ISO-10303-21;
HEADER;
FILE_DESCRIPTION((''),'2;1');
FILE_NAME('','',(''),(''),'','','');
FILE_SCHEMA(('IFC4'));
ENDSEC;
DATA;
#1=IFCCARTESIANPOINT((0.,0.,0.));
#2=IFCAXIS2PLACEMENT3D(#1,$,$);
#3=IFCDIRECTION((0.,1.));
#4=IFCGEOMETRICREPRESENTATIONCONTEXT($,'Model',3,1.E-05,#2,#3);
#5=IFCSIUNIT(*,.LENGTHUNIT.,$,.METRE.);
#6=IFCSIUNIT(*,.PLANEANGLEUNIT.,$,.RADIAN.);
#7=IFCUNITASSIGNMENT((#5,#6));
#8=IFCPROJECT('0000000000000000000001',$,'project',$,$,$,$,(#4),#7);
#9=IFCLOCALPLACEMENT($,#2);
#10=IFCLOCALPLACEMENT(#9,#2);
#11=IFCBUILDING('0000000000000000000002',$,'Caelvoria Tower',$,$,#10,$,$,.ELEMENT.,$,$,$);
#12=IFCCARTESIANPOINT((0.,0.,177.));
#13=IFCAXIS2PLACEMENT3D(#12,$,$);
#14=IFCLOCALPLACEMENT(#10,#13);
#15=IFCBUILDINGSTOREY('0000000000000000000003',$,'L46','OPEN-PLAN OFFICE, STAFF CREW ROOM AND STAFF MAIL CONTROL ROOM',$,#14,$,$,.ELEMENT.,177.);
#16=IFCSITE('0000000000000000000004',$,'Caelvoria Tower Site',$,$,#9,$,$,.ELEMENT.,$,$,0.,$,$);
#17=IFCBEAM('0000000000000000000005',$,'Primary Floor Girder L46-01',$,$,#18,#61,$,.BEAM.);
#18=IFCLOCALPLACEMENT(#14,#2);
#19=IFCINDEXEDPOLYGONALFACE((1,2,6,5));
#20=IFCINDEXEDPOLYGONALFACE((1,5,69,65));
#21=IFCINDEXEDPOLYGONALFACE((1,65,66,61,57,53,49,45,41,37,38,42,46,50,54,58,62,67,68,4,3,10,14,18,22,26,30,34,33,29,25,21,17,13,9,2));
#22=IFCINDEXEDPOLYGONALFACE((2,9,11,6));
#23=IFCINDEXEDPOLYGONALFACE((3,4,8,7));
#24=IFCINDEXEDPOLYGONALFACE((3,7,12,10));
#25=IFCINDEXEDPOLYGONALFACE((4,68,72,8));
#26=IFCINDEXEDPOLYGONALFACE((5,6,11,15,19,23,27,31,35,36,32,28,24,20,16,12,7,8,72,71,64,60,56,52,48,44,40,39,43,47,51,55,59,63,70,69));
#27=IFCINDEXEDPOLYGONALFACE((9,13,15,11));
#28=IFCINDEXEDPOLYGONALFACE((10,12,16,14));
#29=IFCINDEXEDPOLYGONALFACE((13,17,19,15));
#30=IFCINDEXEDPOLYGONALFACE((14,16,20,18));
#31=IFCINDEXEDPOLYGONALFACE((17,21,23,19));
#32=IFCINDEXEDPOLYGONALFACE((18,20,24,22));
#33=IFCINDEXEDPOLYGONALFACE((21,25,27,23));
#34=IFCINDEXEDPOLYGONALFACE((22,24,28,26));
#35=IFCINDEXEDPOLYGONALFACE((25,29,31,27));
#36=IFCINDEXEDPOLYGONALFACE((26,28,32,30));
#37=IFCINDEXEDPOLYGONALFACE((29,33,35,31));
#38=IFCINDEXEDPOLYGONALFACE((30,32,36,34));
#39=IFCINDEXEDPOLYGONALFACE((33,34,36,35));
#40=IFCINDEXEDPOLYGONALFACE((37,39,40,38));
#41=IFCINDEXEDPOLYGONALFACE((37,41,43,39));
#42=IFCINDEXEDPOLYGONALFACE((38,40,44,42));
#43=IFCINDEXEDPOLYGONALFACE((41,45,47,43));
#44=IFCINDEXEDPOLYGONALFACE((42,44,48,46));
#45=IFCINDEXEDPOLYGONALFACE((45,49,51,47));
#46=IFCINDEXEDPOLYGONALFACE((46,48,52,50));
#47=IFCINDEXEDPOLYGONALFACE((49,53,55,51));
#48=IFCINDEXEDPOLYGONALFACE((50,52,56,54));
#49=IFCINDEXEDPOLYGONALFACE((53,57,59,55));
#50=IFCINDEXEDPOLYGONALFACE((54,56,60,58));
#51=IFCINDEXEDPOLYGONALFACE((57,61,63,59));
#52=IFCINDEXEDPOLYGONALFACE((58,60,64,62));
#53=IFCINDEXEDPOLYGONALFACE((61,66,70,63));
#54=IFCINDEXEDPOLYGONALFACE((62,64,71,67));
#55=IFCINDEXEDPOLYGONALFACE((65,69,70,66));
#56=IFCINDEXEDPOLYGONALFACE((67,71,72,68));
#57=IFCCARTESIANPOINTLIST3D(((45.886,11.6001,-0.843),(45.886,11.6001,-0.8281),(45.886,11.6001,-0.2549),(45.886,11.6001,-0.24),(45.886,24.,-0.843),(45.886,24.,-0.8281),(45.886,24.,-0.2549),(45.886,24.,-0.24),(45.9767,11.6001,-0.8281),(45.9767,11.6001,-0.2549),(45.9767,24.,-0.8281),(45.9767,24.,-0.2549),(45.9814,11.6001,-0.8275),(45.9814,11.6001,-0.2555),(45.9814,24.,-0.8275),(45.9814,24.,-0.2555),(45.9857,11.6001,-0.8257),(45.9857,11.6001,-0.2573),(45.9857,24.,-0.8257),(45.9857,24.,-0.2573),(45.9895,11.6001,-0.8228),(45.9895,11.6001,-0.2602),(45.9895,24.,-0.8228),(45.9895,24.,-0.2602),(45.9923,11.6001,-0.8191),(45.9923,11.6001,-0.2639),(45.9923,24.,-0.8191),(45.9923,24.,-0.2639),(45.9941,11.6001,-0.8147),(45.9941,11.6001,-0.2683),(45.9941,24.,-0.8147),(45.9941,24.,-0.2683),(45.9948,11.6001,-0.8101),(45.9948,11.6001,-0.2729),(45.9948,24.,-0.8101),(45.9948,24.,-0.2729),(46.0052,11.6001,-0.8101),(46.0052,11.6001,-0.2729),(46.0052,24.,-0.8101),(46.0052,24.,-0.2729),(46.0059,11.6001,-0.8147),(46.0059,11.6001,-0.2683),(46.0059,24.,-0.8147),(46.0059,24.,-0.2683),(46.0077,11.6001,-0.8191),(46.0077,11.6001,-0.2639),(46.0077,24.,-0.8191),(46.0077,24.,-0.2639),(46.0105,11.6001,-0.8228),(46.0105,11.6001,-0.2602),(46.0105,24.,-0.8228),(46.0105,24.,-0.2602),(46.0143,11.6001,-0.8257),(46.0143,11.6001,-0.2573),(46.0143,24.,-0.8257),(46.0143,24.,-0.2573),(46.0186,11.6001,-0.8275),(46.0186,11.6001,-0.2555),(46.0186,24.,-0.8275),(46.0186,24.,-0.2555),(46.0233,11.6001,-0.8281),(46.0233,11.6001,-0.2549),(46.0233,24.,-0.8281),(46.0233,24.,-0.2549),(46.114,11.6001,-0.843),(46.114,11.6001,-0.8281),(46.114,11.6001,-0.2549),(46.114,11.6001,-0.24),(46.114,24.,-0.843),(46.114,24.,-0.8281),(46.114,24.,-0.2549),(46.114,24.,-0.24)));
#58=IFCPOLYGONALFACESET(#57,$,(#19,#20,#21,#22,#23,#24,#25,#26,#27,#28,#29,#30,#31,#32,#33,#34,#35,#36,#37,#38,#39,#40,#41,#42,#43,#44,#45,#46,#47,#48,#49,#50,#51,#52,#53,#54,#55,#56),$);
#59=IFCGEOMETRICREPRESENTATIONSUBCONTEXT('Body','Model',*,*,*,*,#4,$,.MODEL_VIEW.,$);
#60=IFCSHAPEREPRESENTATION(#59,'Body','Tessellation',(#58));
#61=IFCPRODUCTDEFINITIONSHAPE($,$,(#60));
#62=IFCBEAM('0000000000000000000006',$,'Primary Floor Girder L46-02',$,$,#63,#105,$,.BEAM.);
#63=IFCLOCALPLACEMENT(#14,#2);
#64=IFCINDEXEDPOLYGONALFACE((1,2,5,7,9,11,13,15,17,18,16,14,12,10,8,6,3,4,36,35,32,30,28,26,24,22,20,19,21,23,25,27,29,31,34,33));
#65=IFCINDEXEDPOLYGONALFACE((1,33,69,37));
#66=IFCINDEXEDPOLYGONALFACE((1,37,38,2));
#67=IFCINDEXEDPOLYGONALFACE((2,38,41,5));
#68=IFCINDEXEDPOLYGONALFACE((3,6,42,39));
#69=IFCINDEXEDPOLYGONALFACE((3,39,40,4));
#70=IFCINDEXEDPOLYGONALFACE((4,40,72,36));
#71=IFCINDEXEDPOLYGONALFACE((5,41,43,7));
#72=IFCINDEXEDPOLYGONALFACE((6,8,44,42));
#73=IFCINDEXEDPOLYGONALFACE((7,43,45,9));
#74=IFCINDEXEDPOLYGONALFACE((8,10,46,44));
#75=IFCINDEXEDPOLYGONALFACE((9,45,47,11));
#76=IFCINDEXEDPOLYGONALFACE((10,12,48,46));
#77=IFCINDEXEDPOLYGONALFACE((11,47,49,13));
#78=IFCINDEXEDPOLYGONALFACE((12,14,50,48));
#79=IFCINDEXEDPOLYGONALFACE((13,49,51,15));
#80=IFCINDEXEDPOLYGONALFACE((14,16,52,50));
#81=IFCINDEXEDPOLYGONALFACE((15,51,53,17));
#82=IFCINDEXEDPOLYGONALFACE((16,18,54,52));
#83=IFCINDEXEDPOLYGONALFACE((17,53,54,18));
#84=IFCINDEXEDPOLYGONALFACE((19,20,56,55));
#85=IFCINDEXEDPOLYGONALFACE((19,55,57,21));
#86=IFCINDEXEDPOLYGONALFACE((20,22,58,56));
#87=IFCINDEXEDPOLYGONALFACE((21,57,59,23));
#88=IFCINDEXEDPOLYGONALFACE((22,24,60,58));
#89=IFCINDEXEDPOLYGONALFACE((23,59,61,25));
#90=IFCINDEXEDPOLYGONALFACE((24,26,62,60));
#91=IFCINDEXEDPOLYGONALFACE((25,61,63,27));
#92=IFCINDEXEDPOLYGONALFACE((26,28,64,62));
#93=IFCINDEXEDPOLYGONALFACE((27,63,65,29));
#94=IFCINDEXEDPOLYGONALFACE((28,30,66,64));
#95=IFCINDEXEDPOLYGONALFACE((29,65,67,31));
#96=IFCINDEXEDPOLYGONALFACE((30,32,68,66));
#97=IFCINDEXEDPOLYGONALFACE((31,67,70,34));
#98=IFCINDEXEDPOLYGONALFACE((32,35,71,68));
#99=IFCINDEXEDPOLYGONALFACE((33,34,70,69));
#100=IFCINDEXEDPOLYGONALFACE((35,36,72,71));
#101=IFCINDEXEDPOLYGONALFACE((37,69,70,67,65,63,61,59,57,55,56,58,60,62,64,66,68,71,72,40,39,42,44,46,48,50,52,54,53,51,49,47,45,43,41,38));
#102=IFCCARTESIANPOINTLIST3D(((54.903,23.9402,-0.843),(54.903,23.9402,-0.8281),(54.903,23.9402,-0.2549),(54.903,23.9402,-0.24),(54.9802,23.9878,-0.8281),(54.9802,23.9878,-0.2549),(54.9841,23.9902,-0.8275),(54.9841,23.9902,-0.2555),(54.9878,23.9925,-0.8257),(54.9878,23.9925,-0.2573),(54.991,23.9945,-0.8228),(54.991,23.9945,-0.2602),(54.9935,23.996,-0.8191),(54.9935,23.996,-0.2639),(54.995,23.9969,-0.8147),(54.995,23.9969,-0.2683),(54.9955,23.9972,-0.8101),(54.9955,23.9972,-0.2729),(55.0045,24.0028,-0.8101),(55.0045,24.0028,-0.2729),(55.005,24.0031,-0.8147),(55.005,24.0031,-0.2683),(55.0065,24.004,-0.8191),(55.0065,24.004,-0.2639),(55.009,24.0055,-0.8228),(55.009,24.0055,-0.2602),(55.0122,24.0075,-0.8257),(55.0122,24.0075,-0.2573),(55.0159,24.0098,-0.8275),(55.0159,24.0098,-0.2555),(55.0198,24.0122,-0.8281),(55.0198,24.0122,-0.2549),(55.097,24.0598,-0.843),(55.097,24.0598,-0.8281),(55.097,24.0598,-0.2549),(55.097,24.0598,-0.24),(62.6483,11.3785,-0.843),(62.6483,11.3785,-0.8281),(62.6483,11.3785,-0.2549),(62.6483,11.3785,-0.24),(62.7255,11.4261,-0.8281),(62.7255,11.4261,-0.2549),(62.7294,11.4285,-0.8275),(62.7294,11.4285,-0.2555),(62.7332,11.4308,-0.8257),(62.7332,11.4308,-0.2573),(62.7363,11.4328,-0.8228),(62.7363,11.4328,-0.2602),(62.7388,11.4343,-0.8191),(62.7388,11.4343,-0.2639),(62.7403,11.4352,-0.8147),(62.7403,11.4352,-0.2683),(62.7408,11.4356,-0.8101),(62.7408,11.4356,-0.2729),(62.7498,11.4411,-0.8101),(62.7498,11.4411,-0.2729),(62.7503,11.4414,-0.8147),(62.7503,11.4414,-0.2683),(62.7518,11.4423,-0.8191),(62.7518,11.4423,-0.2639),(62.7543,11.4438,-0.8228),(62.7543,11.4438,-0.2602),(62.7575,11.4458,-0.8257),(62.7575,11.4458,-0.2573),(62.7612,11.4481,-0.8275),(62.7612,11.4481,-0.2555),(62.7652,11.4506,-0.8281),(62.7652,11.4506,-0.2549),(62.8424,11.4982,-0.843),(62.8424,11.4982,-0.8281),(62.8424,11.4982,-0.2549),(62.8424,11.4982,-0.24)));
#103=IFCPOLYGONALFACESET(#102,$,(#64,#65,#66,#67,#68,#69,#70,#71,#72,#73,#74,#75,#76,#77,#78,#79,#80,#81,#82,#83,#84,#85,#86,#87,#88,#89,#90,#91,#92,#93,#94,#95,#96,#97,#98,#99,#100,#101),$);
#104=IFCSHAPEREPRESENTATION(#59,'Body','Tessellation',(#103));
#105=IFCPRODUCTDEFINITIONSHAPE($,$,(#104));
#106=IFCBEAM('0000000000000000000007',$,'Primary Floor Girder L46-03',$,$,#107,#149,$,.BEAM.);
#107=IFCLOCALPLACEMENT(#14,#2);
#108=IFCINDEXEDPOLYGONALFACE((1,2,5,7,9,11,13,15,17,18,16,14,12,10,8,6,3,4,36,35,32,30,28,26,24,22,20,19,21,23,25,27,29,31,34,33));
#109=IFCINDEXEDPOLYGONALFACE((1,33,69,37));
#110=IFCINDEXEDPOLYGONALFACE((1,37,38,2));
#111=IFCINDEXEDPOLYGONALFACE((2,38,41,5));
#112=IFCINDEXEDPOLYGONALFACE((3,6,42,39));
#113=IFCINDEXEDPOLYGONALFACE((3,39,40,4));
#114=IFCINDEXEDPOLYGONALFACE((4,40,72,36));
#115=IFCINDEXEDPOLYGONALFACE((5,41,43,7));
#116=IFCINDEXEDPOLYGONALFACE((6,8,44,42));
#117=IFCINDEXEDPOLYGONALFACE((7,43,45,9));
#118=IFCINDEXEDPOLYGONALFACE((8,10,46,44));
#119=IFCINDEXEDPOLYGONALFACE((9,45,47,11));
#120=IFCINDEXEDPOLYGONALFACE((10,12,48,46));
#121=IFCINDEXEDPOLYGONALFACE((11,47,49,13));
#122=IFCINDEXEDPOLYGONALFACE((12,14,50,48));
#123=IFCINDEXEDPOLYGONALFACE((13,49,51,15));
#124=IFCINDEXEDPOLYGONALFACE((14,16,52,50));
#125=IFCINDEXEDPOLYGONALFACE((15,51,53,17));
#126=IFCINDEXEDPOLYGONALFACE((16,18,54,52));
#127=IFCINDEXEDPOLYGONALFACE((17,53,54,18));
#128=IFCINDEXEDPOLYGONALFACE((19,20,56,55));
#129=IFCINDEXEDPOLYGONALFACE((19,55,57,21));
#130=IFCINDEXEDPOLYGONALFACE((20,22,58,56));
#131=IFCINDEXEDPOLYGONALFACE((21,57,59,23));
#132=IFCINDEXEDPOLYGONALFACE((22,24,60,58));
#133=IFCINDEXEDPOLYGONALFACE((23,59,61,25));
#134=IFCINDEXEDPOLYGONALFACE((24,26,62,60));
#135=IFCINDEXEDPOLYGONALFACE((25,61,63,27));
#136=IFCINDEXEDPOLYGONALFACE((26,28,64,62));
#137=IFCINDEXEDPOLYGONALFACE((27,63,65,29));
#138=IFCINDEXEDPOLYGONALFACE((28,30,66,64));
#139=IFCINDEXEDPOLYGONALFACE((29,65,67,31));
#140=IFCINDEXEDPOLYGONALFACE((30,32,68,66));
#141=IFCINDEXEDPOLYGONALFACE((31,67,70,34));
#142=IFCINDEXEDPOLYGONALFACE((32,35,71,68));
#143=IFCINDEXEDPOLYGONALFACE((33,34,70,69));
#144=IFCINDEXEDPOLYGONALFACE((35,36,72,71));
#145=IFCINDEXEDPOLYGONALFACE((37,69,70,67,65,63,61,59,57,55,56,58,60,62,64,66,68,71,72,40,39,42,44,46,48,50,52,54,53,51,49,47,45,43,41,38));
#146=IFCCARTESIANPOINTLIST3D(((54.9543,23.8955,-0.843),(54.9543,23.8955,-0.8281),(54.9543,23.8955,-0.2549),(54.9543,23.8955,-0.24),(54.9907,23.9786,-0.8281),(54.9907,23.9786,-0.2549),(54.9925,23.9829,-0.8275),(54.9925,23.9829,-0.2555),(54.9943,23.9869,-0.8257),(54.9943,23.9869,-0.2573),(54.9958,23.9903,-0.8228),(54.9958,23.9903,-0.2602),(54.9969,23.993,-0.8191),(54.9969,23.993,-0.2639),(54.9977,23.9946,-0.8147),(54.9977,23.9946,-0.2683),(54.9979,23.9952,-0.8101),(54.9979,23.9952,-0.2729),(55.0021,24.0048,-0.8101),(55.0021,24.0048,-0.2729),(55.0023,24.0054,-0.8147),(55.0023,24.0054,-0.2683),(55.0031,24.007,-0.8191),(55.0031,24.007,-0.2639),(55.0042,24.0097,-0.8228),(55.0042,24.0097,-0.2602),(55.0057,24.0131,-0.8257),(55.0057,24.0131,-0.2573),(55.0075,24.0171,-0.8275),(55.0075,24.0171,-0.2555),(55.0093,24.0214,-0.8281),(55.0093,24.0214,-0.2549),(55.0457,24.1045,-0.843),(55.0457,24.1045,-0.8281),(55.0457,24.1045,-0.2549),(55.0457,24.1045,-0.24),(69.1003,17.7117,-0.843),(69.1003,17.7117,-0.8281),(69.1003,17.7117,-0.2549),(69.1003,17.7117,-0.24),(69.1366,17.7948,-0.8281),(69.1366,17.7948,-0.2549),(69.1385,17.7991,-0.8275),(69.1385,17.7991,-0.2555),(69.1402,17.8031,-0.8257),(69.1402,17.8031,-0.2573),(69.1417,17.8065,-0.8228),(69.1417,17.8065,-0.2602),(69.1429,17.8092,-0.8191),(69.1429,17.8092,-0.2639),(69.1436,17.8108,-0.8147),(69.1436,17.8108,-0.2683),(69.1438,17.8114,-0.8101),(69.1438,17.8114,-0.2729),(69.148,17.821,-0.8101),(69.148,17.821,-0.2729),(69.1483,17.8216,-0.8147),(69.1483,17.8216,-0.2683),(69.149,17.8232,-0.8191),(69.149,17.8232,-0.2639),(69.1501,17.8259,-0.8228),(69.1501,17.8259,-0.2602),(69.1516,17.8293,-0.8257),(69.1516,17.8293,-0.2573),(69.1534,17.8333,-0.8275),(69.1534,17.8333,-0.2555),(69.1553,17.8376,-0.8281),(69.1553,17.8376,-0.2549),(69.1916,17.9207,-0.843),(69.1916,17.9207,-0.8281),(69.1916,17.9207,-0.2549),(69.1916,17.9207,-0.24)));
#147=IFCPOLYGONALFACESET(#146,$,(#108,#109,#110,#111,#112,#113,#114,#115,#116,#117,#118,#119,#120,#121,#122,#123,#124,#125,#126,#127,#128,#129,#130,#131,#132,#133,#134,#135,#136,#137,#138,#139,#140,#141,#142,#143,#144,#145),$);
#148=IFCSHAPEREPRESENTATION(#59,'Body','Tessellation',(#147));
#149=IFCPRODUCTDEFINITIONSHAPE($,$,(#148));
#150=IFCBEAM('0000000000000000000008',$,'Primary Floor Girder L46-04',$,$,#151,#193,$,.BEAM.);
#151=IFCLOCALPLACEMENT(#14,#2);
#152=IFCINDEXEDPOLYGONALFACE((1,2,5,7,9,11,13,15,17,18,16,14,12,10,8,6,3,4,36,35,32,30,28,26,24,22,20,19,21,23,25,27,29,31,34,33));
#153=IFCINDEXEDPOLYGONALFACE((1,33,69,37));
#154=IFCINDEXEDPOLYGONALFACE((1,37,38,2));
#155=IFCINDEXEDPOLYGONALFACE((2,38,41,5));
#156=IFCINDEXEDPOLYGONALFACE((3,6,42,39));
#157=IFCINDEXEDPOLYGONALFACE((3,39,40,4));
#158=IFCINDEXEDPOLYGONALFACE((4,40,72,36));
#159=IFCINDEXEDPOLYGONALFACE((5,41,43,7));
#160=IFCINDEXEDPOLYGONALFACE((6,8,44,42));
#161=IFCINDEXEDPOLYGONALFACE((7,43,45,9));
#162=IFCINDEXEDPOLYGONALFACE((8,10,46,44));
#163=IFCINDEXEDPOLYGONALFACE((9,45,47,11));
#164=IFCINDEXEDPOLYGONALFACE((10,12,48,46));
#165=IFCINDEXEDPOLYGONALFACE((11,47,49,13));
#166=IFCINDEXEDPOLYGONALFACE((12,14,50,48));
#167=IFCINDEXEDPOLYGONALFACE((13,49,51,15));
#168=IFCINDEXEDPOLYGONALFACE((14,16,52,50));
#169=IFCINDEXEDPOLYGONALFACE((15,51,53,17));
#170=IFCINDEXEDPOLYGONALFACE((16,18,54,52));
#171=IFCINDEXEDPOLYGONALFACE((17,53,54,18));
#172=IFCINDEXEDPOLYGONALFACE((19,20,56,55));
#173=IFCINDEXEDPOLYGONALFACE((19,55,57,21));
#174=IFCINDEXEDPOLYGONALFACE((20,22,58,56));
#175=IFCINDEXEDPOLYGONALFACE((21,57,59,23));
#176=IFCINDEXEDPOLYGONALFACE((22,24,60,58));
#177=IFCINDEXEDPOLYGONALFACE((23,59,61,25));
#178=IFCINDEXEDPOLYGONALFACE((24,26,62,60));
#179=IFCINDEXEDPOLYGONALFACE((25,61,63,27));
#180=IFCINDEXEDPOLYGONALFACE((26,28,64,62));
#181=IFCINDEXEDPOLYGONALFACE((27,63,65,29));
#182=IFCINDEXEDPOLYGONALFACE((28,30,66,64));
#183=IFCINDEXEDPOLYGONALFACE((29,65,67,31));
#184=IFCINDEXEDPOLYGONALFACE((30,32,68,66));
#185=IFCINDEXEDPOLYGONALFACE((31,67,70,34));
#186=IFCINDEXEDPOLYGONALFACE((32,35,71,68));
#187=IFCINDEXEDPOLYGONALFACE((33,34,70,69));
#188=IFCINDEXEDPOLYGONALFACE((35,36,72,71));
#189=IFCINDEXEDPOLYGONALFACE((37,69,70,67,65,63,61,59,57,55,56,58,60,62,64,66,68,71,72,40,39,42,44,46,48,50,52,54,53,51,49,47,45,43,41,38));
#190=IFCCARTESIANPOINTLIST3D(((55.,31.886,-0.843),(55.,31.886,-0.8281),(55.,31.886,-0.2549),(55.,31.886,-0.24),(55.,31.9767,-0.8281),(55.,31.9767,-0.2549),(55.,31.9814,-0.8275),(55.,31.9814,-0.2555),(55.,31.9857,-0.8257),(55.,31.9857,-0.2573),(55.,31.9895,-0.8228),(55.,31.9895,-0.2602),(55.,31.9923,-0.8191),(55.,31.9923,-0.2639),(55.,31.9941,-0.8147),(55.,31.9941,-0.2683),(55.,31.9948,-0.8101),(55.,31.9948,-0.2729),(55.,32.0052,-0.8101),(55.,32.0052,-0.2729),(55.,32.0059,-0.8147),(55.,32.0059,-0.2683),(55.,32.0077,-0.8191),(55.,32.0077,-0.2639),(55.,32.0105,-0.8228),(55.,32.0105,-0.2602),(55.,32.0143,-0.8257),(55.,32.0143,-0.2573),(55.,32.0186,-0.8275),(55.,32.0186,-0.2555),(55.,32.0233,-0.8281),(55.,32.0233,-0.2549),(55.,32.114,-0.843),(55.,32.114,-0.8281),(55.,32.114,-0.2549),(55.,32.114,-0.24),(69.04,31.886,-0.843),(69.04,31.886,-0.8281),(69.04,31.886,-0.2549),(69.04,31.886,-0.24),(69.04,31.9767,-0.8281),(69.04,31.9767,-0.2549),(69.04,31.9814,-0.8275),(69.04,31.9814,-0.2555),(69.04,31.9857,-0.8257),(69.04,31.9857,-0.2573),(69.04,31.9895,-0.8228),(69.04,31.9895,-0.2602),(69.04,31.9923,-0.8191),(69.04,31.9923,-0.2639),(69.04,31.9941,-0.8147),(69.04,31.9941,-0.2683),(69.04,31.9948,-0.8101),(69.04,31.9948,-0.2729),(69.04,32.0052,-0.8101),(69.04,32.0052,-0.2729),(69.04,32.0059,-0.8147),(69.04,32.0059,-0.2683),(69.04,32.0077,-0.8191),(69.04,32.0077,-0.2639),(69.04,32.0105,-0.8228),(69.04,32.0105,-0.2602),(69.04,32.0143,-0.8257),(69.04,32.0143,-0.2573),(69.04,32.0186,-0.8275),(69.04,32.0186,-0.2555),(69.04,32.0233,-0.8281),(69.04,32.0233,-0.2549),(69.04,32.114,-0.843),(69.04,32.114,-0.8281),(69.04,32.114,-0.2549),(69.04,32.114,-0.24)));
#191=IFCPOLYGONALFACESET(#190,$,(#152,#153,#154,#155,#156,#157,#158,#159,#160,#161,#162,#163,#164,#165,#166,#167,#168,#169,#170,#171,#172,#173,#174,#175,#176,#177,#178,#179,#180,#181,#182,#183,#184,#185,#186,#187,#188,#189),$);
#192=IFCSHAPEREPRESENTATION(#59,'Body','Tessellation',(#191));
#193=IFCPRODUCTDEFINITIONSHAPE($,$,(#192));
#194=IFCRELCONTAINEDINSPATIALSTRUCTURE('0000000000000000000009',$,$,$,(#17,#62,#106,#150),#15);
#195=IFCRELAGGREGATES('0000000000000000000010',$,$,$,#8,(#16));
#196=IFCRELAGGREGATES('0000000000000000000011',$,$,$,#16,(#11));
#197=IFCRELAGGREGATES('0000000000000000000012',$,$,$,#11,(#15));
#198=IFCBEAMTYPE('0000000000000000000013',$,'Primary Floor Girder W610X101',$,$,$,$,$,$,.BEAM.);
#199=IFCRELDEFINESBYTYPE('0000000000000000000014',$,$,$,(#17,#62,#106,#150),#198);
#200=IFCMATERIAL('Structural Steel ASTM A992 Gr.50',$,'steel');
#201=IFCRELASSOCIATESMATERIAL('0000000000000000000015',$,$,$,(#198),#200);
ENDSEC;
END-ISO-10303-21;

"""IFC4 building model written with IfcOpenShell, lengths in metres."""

from ifc_helpers import new_model, si_unit, direction, frame, origin, origin_2d, place, context, subcontext, project, spatial, i_section, extrude, material, material_profile, profile_set, type_object, element, save


model = new_model("IFC4")

# Units and contexts
model_context = context("Model", 3, precision=1e-05, world=origin(), true_north=direction((0.0, 1.0)))
body_context = subcontext(model_context, "Body", "Model", "MODEL_VIEW")
ifc_project = project(units=[si_unit("LENGTHUNIT", "METRE"), si_unit("PLANEANGLEUNIT", "RADIAN")], contexts=[model_context])

# Site, building, storey
site_placement = place(None, origin())
site = spatial("IfcSite", under=ifc_project, at=site_placement, Name="Caelvoria Tower Site", CompositionType="ELEMENT", RefElevation=0.0)
building_placement = place(site_placement, origin())
building = spatial("IfcBuilding", under=site, at=building_placement, Name="Caelvoria Tower", CompositionType="ELEMENT")
storey_placement = place(building_placement, frame((0.0, 0.0, 177.0)))
storey = spatial("IfcBuildingStorey", under=building, at=storey_placement, Name="L46", Description="OPEN-PLAN OFFICE, STAFF CREW ROOM AND STAFF MAIL CONTROL ROOM", CompositionType="ELEMENT", Elevation=177.0)

# Beams
ifc_material_1 = material(Name="Structural Steel ASTM A992 Gr.50", Category="steel")
ifc_material_profile_1 = material_profile(ifc_material_1, i_section(OverallWidth=0.228, OverallDepth=0.603, WebThickness=0.0105, FlangeThickness=0.0149, FilletRadius=0.0181, at=origin_2d()), Name="Structural Steel ASTM A992 Gr.50")
ifc_profile_set_1 = profile_set([ifc_material_profile_1], Name="W610X101 - Structural Steel ASTM A992 Gr.50")
beam_type_1 = type_object("IfcBeamType", Name="Primary Floor Girder W610X101", PredefinedType="BEAM", material=ifc_profile_set_1)
beam_1_placement = place(storey_placement, frame((46.0, 24.0, -0.5415), z_axis=(0.0, -1.0, 0.0), x_axis=(1.0, 0.0, 0.0)))
element("IfcBeam", 1, at=beam_1_placement, inside=storey, type_object=beam_type_1, Name="Primary Floor Girder L46-01", PredefinedType="BEAM", context=body_context, shape_type="SweptSolid", body=[
    extrude(i_section(OverallWidth=0.228, OverallDepth=0.603, WebThickness=0.0105, FlangeThickness=0.0149, FilletRadius=0.0181, at=origin_2d()), origin(), (0.0, 0.0, 1.0), 12.3999),
])
beam_2_placement = place(storey_placement, frame((55.0, 24.0, -0.5415), z_axis=(0.524837, -0.851203, 0.0), x_axis=(0.851203, 0.524837, 0.0)))
element("IfcBeam", 2, at=beam_2_placement, inside=storey, type_object=beam_type_1, Name="Primary Floor Girder L46-02", PredefinedType="BEAM", context=body_context, shape_type="SweptSolid", body=[
    extrude(i_section(OverallWidth=0.228, OverallDepth=0.603, WebThickness=0.0105, FlangeThickness=0.0149, FilletRadius=0.0181, at=origin_2d()), origin(), (0.0, 0.0, 1.0), 14.7576),
])
beam_3_placement = place(storey_placement, frame((55.0, 24.0, -0.5415), z_axis=(0.916277, -0.400545, 0.0), x_axis=(0.400545, 0.916277, 0.0)))
element("IfcBeam", 3, at=beam_3_placement, inside=storey, type_object=beam_type_1, Name="Primary Floor Girder L46-03", PredefinedType="BEAM", context=body_context, shape_type="SweptSolid", body=[
    extrude(i_section(OverallWidth=0.228, OverallDepth=0.603, WebThickness=0.0105, FlangeThickness=0.0149, FilletRadius=0.0181, at=origin_2d()), origin(), (0.0, 0.0, 1.0), 15.4385),
])
beam_4_placement = place(storey_placement, frame((55.0, 32.0, -0.5415), z_axis=(1.0, 0.0, 0.0), x_axis=(0.0, 1.0, 0.0)))
element("IfcBeam", 4, at=beam_4_placement, inside=storey, type_object=beam_type_1, Name="Primary Floor Girder L46-04", PredefinedType="BEAM", context=body_context, shape_type="SweptSolid", body=[
    extrude(i_section(OverallWidth=0.228, OverallDepth=0.603, WebThickness=0.0105, FlangeThickness=0.0149, FilletRadius=0.0181, at=origin_2d()), origin(), (0.0, 0.0, 1.0), 14.04),
])

save(model, "model.ifc")
